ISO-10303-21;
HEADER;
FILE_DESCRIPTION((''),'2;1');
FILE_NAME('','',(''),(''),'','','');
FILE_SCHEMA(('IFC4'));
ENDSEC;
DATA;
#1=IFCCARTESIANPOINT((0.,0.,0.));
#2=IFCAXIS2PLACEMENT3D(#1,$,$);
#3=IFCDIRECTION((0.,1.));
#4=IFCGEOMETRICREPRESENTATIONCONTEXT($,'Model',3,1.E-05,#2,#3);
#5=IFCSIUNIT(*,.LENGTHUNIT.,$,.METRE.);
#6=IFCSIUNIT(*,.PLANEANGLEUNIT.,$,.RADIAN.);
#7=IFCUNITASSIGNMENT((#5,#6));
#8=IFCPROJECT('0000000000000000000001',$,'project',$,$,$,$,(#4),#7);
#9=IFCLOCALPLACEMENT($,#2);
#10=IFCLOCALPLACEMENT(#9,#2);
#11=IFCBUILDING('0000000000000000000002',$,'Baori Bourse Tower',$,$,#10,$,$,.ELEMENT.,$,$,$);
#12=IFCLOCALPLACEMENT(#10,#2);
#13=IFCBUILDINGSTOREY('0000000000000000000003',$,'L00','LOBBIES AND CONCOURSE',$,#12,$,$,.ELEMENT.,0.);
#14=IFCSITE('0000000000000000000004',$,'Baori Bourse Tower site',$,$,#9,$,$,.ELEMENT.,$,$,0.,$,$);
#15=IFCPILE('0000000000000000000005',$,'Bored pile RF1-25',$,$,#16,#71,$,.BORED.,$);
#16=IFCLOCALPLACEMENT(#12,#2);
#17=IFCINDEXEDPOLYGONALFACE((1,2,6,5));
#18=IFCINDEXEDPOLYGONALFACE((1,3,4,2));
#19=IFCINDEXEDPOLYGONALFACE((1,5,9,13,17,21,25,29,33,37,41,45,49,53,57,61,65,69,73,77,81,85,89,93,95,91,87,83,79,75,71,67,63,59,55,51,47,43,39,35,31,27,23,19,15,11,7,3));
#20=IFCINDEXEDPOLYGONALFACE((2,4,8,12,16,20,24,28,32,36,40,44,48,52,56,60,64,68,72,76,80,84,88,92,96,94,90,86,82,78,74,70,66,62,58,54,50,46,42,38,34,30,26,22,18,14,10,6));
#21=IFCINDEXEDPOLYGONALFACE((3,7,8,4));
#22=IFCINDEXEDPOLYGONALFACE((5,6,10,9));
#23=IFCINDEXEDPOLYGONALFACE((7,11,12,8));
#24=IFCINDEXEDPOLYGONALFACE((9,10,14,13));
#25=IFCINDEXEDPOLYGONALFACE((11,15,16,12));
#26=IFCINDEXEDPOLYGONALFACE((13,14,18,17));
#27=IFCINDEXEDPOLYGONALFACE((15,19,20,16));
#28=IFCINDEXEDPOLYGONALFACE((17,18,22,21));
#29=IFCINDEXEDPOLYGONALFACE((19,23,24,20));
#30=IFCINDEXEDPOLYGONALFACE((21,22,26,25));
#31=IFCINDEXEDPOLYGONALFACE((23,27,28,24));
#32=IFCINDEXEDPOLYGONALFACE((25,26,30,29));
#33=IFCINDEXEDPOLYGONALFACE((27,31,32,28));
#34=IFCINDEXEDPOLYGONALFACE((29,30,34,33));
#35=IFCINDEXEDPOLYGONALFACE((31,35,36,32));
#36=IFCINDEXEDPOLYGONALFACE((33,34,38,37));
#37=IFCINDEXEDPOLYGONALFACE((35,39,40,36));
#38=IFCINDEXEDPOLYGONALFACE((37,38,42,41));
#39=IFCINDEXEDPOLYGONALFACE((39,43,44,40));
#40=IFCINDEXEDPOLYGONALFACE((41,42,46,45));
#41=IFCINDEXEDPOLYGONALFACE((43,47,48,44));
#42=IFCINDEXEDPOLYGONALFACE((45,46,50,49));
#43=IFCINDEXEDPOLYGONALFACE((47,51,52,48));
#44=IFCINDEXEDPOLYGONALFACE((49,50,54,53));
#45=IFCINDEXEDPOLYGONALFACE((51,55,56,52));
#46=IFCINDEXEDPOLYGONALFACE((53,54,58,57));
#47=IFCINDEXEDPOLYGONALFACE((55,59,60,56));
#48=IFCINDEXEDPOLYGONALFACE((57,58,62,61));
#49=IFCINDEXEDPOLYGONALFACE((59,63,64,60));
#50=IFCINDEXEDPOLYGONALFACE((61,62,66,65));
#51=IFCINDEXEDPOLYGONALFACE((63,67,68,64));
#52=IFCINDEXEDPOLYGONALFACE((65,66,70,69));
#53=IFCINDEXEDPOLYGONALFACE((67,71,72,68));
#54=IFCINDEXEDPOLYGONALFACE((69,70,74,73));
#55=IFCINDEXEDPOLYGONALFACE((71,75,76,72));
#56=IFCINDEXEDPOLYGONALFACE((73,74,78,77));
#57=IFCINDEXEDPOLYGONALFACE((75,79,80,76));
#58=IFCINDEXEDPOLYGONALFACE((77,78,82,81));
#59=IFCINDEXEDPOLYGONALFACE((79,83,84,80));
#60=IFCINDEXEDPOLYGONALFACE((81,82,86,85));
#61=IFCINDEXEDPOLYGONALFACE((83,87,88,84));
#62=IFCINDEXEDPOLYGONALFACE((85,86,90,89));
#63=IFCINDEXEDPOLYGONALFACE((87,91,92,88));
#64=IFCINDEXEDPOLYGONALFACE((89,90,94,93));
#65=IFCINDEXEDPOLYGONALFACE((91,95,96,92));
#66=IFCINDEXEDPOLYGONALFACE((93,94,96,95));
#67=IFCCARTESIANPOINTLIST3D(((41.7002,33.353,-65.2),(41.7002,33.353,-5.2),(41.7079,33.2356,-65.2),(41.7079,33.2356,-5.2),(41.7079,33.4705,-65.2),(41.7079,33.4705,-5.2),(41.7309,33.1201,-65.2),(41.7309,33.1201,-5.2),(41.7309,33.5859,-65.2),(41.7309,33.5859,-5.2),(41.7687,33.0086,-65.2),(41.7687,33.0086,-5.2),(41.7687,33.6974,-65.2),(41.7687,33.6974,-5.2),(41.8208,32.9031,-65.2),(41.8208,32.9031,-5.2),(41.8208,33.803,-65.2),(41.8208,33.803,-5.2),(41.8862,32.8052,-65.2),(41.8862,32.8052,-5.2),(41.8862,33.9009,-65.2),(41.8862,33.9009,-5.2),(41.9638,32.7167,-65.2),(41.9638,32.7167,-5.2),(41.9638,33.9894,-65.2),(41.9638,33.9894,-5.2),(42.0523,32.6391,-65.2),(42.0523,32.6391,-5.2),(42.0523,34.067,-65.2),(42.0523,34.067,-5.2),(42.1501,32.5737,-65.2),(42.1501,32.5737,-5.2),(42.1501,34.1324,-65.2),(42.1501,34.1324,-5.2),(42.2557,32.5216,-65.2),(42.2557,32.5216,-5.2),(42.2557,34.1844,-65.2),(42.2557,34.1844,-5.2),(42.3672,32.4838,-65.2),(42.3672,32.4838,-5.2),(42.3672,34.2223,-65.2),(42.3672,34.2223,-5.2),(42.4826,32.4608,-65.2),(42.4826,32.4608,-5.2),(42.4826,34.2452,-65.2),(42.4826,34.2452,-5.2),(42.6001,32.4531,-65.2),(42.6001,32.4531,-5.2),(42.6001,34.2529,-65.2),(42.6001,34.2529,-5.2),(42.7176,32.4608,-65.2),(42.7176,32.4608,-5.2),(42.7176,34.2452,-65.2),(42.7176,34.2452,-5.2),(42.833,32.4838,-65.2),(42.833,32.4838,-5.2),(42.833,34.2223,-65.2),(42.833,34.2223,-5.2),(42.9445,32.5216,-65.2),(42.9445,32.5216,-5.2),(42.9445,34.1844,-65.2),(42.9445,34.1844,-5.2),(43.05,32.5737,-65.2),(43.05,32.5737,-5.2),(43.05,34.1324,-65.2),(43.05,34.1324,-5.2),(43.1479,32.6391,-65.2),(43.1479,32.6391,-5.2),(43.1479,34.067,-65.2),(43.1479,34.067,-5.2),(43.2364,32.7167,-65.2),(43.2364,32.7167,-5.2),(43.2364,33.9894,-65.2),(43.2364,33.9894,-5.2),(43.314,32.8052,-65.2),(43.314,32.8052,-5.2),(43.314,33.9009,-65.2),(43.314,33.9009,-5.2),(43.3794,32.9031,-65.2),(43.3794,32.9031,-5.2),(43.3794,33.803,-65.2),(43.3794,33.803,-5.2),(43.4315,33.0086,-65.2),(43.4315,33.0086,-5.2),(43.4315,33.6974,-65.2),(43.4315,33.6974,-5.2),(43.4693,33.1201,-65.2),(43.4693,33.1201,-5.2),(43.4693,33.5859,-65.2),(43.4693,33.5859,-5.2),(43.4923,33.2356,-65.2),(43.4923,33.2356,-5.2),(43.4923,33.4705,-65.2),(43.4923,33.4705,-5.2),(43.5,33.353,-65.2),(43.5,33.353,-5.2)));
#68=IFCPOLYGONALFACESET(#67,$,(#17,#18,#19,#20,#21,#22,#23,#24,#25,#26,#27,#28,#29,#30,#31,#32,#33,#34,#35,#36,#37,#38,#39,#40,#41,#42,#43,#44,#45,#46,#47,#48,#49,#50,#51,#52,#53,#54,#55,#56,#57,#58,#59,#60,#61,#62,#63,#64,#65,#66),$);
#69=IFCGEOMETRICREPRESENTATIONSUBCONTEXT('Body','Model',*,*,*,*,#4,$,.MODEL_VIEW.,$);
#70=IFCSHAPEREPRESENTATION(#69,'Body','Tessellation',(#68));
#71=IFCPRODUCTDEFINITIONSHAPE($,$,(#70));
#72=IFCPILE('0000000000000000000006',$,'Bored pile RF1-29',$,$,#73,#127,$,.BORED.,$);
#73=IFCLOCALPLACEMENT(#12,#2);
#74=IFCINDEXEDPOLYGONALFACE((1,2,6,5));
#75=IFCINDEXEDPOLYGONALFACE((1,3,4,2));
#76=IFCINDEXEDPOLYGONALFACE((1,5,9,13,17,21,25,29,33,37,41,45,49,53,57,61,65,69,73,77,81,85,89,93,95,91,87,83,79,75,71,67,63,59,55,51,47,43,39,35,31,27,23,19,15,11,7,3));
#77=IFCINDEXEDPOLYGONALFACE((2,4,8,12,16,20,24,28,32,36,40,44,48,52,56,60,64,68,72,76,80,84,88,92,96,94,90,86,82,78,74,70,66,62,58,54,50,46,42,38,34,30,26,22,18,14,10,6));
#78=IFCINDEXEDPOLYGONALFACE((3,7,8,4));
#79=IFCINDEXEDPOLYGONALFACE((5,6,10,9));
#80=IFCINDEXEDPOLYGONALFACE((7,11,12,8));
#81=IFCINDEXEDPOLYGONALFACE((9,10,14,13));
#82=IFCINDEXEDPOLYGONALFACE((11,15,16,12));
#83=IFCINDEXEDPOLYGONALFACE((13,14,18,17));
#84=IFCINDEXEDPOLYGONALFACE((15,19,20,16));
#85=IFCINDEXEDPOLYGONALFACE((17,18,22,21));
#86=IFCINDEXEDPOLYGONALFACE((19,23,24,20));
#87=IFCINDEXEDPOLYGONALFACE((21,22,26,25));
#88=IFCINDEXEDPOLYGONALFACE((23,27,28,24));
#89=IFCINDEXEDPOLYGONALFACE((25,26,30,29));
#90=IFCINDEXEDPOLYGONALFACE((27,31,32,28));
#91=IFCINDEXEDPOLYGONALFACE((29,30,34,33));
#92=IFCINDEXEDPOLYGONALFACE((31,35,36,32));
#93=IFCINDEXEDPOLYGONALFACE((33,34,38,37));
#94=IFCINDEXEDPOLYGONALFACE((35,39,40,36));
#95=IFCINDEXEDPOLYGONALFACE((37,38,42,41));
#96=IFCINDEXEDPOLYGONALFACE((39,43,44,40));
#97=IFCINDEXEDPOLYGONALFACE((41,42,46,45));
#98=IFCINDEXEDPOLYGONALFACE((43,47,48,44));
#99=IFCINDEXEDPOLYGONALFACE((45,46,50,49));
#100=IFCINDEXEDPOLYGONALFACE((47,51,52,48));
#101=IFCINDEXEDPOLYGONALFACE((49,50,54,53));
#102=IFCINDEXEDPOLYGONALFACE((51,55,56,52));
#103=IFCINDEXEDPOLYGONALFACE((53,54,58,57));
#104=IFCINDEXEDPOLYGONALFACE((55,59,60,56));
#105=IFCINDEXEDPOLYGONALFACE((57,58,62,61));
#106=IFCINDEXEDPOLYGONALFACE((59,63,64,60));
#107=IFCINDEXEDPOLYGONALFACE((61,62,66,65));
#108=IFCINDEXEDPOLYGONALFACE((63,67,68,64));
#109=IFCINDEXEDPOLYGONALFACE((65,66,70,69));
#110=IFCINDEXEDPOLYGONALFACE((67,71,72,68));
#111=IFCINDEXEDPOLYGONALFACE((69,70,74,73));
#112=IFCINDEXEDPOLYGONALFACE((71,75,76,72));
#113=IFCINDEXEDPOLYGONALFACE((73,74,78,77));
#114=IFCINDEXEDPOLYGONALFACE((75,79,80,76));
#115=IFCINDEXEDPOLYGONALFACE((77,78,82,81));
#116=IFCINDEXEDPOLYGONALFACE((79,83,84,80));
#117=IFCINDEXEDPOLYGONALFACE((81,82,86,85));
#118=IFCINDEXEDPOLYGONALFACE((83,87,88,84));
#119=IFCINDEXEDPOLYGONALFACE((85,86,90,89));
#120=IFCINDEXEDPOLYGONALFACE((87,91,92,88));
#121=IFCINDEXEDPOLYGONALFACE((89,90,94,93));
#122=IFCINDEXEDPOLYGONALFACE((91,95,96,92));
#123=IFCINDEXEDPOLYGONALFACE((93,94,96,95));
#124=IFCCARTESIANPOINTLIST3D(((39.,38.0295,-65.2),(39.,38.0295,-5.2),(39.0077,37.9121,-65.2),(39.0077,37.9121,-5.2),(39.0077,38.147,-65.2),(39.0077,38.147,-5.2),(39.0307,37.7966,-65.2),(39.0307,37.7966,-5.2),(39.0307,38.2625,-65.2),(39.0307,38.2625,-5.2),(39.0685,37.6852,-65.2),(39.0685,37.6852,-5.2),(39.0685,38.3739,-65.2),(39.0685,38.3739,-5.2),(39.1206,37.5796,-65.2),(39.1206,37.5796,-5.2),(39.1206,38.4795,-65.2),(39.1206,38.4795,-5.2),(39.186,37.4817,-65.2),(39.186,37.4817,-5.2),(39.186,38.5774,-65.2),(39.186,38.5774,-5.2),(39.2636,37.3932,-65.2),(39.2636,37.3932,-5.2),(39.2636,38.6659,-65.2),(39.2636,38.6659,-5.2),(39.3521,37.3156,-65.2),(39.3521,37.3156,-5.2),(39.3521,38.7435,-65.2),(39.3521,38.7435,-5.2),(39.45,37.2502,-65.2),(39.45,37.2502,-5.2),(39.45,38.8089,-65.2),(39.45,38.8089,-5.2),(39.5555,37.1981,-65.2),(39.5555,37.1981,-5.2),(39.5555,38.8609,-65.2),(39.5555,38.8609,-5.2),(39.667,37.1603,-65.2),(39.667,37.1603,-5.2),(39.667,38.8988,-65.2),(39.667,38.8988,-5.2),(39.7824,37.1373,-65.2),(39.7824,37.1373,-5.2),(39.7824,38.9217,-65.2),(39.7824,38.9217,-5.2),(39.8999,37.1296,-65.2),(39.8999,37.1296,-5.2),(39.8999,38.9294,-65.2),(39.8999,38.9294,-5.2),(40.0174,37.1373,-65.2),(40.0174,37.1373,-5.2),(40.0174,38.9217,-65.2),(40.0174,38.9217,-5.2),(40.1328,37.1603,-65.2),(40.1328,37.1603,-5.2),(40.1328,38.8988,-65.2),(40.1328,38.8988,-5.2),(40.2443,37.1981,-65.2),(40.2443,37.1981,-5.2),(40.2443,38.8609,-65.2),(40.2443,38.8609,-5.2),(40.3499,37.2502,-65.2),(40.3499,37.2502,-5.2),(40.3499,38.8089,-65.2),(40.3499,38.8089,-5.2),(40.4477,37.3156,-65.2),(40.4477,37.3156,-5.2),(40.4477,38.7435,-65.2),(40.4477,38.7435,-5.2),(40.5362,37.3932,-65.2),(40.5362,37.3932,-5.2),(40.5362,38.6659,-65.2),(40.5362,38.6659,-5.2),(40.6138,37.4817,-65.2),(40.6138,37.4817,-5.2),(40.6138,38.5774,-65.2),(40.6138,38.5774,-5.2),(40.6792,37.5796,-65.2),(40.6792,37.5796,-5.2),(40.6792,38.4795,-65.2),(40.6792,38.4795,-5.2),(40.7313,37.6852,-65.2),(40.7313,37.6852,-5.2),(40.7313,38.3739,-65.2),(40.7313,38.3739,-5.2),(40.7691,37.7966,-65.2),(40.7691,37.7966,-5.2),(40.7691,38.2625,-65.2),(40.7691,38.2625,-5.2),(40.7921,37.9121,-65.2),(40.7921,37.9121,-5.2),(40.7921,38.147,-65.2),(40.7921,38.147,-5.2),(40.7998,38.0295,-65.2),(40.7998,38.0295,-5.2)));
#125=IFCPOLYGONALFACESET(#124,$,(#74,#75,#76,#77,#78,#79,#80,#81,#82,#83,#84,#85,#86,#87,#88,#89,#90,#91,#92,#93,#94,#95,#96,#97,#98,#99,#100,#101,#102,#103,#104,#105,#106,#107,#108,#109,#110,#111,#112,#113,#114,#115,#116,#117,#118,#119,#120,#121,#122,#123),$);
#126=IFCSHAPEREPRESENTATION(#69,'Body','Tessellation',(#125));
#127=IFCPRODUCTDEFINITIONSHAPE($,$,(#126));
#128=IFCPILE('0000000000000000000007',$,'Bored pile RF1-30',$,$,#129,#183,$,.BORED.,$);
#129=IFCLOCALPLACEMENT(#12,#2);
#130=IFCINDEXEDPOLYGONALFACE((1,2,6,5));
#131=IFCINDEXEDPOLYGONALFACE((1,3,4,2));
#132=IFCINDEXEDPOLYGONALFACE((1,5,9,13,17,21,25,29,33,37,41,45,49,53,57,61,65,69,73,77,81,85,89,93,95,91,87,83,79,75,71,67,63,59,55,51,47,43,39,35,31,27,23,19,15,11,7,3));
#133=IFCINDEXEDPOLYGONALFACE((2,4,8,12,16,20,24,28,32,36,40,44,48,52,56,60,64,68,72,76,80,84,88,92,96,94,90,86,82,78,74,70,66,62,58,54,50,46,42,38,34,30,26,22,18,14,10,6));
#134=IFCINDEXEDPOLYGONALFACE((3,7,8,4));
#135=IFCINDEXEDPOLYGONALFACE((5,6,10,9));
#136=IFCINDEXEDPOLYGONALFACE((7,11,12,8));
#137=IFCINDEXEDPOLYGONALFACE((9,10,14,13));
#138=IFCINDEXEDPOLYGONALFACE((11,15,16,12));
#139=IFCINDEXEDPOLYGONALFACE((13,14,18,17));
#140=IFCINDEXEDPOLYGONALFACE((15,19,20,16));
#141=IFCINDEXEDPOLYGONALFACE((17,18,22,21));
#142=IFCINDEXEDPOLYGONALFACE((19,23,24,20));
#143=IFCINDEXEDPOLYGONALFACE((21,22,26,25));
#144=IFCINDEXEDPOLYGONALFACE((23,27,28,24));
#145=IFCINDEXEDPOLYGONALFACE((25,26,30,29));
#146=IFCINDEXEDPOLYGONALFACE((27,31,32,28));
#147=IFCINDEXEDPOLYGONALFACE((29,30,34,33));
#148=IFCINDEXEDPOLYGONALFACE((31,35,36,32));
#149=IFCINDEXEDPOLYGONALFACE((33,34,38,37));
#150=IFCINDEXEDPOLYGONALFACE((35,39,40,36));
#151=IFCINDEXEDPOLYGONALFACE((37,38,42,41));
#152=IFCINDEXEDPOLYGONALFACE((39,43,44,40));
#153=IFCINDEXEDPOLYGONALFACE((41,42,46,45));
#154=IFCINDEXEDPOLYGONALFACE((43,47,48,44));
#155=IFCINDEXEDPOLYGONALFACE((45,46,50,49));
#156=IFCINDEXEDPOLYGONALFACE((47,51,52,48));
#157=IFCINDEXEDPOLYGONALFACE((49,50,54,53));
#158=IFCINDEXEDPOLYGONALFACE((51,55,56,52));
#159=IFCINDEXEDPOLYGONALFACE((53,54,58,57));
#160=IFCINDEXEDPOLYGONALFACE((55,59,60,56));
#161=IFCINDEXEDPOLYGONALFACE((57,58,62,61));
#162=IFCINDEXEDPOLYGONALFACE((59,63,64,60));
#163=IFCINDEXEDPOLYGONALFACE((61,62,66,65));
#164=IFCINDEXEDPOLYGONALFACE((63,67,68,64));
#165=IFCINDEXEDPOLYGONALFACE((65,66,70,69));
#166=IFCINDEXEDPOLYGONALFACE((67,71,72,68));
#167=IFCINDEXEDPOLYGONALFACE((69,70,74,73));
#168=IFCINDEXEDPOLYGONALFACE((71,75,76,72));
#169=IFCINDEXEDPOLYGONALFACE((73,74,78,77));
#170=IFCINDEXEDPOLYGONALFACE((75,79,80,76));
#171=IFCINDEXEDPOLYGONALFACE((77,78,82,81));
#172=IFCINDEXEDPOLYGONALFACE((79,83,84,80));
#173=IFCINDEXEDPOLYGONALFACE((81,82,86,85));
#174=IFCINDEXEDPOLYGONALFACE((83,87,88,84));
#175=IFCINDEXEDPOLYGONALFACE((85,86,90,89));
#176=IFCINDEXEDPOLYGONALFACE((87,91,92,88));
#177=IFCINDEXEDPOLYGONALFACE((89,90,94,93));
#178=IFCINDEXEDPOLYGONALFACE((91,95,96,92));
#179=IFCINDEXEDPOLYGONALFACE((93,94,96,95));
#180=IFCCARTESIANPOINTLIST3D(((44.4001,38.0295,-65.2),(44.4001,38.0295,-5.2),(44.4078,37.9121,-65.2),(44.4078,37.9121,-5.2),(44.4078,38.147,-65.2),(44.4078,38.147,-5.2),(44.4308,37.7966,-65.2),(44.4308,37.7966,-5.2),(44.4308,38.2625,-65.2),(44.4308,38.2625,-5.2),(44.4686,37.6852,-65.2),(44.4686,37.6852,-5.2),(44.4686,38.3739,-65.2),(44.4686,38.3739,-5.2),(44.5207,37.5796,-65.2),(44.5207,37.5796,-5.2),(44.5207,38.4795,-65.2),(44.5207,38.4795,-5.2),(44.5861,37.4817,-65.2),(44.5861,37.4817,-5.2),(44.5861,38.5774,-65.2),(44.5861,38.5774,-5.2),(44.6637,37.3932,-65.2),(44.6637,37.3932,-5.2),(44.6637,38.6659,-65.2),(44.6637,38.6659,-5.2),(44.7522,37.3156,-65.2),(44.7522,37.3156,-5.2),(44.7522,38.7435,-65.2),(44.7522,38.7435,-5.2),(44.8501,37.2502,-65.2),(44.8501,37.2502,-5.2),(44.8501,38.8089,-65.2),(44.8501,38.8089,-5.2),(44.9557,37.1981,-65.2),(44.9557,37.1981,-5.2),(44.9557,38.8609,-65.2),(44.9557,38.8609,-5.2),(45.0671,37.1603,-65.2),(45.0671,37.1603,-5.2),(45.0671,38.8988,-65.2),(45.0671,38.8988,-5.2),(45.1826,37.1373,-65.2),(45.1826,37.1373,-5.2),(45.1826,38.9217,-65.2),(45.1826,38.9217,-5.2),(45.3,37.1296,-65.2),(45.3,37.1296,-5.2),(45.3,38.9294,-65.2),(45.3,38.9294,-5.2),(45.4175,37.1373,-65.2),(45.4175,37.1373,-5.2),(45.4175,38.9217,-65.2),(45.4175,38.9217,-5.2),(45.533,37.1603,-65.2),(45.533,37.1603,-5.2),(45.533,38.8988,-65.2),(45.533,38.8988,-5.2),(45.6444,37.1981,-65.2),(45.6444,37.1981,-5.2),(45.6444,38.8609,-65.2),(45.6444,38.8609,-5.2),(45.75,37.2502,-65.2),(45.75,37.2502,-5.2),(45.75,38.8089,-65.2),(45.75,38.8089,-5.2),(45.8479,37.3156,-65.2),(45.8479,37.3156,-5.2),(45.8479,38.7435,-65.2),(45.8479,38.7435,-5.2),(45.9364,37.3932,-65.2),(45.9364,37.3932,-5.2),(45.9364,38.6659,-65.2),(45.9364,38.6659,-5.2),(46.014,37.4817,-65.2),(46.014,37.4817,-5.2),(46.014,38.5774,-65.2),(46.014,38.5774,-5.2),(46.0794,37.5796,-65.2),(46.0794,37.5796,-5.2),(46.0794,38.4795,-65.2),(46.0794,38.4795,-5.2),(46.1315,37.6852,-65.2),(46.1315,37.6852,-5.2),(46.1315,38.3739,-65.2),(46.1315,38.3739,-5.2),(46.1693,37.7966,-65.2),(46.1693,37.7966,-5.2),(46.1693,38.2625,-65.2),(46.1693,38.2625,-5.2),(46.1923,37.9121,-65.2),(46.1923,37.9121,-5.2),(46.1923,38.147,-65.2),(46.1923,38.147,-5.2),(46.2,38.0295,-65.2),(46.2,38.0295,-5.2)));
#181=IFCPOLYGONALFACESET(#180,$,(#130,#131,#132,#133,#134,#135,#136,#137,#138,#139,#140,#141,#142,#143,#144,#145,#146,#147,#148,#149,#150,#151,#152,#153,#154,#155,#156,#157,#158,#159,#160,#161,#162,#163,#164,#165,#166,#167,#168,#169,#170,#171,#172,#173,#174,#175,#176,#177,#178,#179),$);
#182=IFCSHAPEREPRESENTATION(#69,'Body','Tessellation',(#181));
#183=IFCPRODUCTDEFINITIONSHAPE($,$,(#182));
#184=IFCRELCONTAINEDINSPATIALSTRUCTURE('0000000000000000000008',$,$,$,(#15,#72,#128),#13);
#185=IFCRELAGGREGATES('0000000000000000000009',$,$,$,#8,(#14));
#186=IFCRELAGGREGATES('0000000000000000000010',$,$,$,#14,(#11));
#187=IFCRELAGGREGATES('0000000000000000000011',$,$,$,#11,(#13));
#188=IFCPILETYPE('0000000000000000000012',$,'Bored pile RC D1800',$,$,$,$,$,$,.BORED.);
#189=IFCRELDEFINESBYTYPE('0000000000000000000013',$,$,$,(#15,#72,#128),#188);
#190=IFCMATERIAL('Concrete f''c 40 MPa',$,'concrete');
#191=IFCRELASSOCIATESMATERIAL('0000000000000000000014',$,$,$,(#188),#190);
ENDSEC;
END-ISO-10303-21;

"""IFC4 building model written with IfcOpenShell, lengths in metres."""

from ifc_helpers import new_model, si_unit, direction, frame, origin, origin_2d, place, context, subcontext, project, spatial, circle, extrude, material, material_profile, profile_set, type_object, element, save


model = new_model("IFC4")

# Units and contexts
model_context = context("Model", 3, precision=1e-05, world=origin(), true_north=direction((0.0, 1.0)))
body_context = subcontext(model_context, "Body", "Model", "MODEL_VIEW")
ifc_project = project(units=[si_unit("LENGTHUNIT", "METRE"), si_unit("PLANEANGLEUNIT", "RADIAN")], contexts=[model_context])

# Site, building, storey
site_placement = place(None, origin())
site = spatial("IfcSite", under=ifc_project, at=site_placement, Name="Baori Bourse Tower site", CompositionType="ELEMENT", RefElevation=0.0)
building_placement = place(site_placement, origin())
building = spatial("IfcBuilding", under=site, at=building_placement, Name="Baori Bourse Tower", CompositionType="ELEMENT")
storey_placement = place(building_placement, origin())
storey = spatial("IfcBuildingStorey", under=building, at=storey_placement, Name="L00", Description="LOBBIES AND CONCOURSE", CompositionType="ELEMENT", Elevation=0.0)

# Piles
ifc_material_1 = material(Name="Concrete f'c 40 MPa", Category="concrete")
ifc_material_profile_1 = material_profile(ifc_material_1, circle(Radius=0.8999, at=origin_2d()), Name="RC D1800")
ifc_profile_set_1 = profile_set([ifc_material_profile_1], Name="Concrete f'c 40 MPa")
pile_type = type_object("IfcPileType", Name="Bored pile RC D1800", PredefinedType="BORED", material=ifc_profile_set_1)
for number, where, z_axis, x_axis, name in (
    (1, (42.6001, 33.353, -5.2), (0.0, 0.0, -1.0), (1.0, 0.0, 0.0), "Bored pile RF1-25"),
    (2, (39.8999, 38.0295, -5.2), (0.0, 0.0, -1.0), (1.0, 0.0, 0.0), "Bored pile RF1-29"),
    (3, (45.3, 38.0295, -5.2), (0.0, 0.0, -1.0), (1.0, 0.0, 0.0), "Bored pile RF1-30"),
):
    element("IfcPile", number, at=place(storey_placement, frame(where, z_axis=z_axis, x_axis=x_axis)), inside=storey, type_object=pile_type, Name=name, PredefinedType="BORED", context=body_context, shape_type="SweptSolid", body=[
        extrude(circle(Radius=0.8999, at=origin_2d()), origin(), (0.0, 0.0, 1.0), 60.0),
    ])

save(model, "model.ifc")
